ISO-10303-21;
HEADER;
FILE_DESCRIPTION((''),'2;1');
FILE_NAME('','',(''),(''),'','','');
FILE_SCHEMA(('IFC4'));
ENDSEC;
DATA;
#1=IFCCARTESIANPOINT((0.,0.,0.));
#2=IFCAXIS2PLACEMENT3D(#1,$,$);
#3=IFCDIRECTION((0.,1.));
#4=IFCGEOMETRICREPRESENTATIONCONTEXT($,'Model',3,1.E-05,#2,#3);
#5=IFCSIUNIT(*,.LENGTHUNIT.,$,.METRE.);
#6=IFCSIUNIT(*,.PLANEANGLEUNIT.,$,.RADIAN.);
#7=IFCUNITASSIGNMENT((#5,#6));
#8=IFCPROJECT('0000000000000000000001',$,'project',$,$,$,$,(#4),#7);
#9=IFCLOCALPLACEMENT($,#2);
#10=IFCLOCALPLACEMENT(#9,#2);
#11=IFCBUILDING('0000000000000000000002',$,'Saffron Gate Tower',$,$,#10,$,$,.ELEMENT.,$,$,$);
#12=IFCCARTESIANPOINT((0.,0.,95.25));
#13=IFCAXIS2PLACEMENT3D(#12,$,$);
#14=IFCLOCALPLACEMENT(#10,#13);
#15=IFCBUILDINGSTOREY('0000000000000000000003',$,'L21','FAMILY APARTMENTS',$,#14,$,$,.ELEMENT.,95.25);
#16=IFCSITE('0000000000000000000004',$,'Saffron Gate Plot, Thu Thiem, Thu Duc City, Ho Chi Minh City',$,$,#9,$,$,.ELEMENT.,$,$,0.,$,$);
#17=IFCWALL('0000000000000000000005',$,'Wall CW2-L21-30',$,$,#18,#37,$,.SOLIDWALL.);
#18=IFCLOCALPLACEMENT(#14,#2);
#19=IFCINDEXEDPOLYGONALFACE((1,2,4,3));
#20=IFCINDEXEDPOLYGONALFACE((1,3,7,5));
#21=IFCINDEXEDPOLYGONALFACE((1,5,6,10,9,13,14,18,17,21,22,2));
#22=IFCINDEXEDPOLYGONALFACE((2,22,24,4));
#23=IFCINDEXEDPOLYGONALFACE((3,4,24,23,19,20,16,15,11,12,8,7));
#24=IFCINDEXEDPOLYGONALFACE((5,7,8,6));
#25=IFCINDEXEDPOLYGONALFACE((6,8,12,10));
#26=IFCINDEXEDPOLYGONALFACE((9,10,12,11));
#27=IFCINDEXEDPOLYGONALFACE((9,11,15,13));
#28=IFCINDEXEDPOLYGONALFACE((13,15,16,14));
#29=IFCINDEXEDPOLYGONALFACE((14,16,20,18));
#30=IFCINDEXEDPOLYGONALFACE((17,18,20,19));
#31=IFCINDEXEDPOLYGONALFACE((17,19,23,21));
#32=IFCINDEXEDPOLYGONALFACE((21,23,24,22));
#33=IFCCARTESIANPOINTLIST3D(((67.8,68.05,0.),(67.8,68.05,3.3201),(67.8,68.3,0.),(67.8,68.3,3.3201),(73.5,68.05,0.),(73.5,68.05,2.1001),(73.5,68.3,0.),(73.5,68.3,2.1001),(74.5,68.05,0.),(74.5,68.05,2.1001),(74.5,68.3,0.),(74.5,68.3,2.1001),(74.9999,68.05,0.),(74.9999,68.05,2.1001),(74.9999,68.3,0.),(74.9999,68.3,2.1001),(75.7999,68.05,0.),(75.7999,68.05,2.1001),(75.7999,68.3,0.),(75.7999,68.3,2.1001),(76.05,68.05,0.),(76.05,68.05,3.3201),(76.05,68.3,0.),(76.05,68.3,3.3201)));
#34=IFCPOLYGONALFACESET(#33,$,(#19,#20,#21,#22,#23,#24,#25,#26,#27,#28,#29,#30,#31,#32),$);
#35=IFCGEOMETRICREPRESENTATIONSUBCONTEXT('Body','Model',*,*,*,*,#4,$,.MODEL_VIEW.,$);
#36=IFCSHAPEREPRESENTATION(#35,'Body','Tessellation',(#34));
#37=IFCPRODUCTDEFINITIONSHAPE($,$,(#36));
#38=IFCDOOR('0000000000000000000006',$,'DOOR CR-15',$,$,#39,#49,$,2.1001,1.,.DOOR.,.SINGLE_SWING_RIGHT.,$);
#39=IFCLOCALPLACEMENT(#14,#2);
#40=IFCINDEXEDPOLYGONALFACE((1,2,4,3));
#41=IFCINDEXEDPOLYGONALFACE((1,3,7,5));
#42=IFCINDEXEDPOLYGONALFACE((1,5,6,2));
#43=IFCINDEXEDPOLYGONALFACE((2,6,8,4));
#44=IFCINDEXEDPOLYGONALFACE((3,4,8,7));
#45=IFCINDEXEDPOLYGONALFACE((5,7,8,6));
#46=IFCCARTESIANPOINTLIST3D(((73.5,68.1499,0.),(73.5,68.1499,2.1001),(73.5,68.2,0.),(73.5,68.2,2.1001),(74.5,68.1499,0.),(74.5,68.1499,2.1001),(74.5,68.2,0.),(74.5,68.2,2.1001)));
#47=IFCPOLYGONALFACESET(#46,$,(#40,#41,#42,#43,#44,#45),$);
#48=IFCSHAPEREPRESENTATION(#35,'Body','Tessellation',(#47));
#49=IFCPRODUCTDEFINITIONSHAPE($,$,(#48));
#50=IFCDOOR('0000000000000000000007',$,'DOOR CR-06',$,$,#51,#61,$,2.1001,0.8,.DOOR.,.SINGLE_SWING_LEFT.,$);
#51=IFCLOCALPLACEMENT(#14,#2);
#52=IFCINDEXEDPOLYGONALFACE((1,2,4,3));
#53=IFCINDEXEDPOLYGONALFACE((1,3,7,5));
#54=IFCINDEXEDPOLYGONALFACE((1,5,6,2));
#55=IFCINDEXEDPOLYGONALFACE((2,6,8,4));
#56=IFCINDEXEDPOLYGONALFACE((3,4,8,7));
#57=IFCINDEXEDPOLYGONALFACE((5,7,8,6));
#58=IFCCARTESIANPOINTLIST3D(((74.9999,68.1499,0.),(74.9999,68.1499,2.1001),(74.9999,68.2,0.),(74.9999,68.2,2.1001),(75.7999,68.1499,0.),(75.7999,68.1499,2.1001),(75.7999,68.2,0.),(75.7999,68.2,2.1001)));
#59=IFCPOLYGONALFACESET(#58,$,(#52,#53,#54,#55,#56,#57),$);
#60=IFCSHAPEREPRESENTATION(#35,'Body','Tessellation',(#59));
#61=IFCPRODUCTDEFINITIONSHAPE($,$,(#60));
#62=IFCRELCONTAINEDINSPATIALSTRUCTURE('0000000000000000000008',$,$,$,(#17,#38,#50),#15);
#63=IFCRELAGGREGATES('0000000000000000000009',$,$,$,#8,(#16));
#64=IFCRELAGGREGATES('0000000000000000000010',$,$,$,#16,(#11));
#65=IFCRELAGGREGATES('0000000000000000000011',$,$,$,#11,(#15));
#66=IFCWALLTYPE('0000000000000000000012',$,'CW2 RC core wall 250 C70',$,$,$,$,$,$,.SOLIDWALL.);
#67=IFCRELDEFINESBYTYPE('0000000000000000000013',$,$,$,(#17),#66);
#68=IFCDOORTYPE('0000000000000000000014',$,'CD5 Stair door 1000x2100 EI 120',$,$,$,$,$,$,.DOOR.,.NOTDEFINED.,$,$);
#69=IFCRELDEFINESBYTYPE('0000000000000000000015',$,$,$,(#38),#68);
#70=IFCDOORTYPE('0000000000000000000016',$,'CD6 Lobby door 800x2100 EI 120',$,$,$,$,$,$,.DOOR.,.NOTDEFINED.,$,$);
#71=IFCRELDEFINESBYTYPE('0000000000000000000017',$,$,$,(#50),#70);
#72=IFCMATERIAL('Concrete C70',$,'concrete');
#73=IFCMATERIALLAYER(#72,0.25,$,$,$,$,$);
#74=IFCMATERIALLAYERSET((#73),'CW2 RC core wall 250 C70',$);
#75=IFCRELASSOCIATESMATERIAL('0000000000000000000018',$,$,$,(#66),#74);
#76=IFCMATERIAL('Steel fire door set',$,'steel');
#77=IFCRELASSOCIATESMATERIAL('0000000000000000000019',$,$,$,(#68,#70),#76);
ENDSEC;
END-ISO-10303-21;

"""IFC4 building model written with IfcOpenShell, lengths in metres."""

from ifc_helpers import new_model, si_unit, direction, frame, frame_2d, origin, place, context, subcontext, project, spatial, rectangle, extrude, material, layer, layer_set, type_object, element, fill, save


model = new_model("IFC4")

# Units and contexts
model_context = context("Model", 3, precision=1e-05, world=origin(), true_north=direction((0.0, 1.0)))
body_context = subcontext(model_context, "Body", "Model", "MODEL_VIEW")
ifc_project = project(units=[si_unit("LENGTHUNIT", "METRE"), si_unit("PLANEANGLEUNIT", "RADIAN")], contexts=[model_context])

# Site, building, storey
site_placement = place(None, origin())
site = spatial("IfcSite", under=ifc_project, at=site_placement, Name="Saffron Gate Plot, Thu Thiem, Thu Duc City, Ho Chi Minh City", CompositionType="ELEMENT", RefElevation=0.0)
building_placement = place(site_placement, origin())
building = spatial("IfcBuilding", under=site, at=building_placement, Name="Saffron Gate Tower", CompositionType="ELEMENT")
storey_placement = place(building_placement, frame((0.0, 0.0, 95.25)))
storey = spatial("IfcBuildingStorey", under=building, at=storey_placement, Name="L21", Description="FAMILY APARTMENTS", CompositionType="ELEMENT", Elevation=95.25)

# Shared definitions
ifc_material_1 = material(Name="Concrete C70", Category="concrete")

# Wall, openings, doors
ifc_layer_1 = layer(ifc_material_1, 0.25)
ifc_layer_set_1 = layer_set([ifc_layer_1], Name="CW2 RC core wall 250 C70")
wall_type_1 = type_object("IfcWallType", Name="CW2 RC core wall 250 C70", PredefinedType="SOLIDWALL", material=ifc_layer_set_1)
wall_1_placement = place(storey_placement, frame((67.8, 68.175, 0.0), z_axis=(0.0, 0.0, 1.0), x_axis=(1.0, 0.0, 0.0)))
wall_1 = element("IfcWall", 1, at=wall_1_placement, inside=storey, type_object=wall_type_1, Name="Wall CW2-L21-30", PredefinedType="SOLIDWALL", context=body_context, shape_type="SweptSolid", body=[
    extrude(rectangle(XDim=8.25, YDim=0.25, at=frame_2d((4.125, 0.0))), origin(), (0.0, 0.0, 1.0), 3.3201),
])
opening_1_placement = place(wall_1_placement, frame((5.7, 0.0, 0.0)))
opening_1 = element("IfcOpeningElement", 2, at=opening_1_placement, cuts=wall_1, PredefinedType="OPENING", context=body_context, shape_type="SweptSolid", body=[
    extrude(rectangle(XDim=1.0, YDim=2.1001, at=frame_2d((0.5, 1.05))), frame((0.0, 0.135, 0.0), z_axis=(0.0, -1.0, 0.0), x_axis=(1.0, 0.0, 0.0)), (0.0, 0.0, 1.0), 0.27),
])
opening_2_placement = place(wall_1_placement, frame((7.2, 0.0, 0.0)))
opening_2 = element("IfcOpeningElement", 3, at=opening_2_placement, cuts=wall_1, PredefinedType="OPENING", context=body_context, shape_type="SweptSolid", body=[
    extrude(rectangle(XDim=0.8, YDim=2.1001, at=frame_2d((0.3999, 1.05))), frame((0.0, 0.135, 0.0), z_axis=(0.0, -1.0, 0.0), x_axis=(1.0, 0.0, 0.0)), (0.0, 0.0, 1.0), 0.27),
])
ifc_material_2 = material(Name="Steel fire door set", Category="steel")
door_type_1 = type_object("IfcDoorType", Name="CD5 Stair door 1000x2100 EI 120", OperationType="NOTDEFINED", PredefinedType="DOOR", material=ifc_material_2)
door_1_placement = place(opening_1_placement, origin())
door_1 = element("IfcDoor", 4, at=door_1_placement, inside=storey, type_object=door_type_1, Name="DOOR CR-15", OperationType="SINGLE_SWING_RIGHT", OverallHeight=2.1001, OverallWidth=1.0, PredefinedType="DOOR", context=body_context, shape_type="SweptSolid", body=[
    extrude(rectangle(XDim=1.0, YDim=2.1001, at=frame_2d((0.5, 1.05))), frame((0.0, 0.0249, 0.0), z_axis=(0.0, -1.0, 0.0), x_axis=(1.0, 0.0, 0.0)), (0.0, 0.0, 1.0), 0.05),
])
fill(opening_1, door_1)
door_type_2 = type_object("IfcDoorType", Name="CD6 Lobby door 800x2100 EI 120", OperationType="NOTDEFINED", PredefinedType="DOOR", material=ifc_material_2)
door_2_placement = place(opening_2_placement, origin())
door_2 = element("IfcDoor", 5, at=door_2_placement, inside=storey, type_object=door_type_2, Name="DOOR CR-06", OperationType="SINGLE_SWING_LEFT", OverallHeight=2.1001, OverallWidth=0.8, PredefinedType="DOOR", context=body_context, shape_type="SweptSolid", body=[
    extrude(rectangle(XDim=0.8, YDim=2.1001, at=frame_2d((0.3999, 1.05))), frame((0.0, 0.0249, 0.0), z_axis=(0.0, -1.0, 0.0), x_axis=(1.0, 0.0, 0.0)), (0.0, 0.0, 1.0), 0.05),
])
fill(opening_2, door_2)

save(model, "model.ifc")
